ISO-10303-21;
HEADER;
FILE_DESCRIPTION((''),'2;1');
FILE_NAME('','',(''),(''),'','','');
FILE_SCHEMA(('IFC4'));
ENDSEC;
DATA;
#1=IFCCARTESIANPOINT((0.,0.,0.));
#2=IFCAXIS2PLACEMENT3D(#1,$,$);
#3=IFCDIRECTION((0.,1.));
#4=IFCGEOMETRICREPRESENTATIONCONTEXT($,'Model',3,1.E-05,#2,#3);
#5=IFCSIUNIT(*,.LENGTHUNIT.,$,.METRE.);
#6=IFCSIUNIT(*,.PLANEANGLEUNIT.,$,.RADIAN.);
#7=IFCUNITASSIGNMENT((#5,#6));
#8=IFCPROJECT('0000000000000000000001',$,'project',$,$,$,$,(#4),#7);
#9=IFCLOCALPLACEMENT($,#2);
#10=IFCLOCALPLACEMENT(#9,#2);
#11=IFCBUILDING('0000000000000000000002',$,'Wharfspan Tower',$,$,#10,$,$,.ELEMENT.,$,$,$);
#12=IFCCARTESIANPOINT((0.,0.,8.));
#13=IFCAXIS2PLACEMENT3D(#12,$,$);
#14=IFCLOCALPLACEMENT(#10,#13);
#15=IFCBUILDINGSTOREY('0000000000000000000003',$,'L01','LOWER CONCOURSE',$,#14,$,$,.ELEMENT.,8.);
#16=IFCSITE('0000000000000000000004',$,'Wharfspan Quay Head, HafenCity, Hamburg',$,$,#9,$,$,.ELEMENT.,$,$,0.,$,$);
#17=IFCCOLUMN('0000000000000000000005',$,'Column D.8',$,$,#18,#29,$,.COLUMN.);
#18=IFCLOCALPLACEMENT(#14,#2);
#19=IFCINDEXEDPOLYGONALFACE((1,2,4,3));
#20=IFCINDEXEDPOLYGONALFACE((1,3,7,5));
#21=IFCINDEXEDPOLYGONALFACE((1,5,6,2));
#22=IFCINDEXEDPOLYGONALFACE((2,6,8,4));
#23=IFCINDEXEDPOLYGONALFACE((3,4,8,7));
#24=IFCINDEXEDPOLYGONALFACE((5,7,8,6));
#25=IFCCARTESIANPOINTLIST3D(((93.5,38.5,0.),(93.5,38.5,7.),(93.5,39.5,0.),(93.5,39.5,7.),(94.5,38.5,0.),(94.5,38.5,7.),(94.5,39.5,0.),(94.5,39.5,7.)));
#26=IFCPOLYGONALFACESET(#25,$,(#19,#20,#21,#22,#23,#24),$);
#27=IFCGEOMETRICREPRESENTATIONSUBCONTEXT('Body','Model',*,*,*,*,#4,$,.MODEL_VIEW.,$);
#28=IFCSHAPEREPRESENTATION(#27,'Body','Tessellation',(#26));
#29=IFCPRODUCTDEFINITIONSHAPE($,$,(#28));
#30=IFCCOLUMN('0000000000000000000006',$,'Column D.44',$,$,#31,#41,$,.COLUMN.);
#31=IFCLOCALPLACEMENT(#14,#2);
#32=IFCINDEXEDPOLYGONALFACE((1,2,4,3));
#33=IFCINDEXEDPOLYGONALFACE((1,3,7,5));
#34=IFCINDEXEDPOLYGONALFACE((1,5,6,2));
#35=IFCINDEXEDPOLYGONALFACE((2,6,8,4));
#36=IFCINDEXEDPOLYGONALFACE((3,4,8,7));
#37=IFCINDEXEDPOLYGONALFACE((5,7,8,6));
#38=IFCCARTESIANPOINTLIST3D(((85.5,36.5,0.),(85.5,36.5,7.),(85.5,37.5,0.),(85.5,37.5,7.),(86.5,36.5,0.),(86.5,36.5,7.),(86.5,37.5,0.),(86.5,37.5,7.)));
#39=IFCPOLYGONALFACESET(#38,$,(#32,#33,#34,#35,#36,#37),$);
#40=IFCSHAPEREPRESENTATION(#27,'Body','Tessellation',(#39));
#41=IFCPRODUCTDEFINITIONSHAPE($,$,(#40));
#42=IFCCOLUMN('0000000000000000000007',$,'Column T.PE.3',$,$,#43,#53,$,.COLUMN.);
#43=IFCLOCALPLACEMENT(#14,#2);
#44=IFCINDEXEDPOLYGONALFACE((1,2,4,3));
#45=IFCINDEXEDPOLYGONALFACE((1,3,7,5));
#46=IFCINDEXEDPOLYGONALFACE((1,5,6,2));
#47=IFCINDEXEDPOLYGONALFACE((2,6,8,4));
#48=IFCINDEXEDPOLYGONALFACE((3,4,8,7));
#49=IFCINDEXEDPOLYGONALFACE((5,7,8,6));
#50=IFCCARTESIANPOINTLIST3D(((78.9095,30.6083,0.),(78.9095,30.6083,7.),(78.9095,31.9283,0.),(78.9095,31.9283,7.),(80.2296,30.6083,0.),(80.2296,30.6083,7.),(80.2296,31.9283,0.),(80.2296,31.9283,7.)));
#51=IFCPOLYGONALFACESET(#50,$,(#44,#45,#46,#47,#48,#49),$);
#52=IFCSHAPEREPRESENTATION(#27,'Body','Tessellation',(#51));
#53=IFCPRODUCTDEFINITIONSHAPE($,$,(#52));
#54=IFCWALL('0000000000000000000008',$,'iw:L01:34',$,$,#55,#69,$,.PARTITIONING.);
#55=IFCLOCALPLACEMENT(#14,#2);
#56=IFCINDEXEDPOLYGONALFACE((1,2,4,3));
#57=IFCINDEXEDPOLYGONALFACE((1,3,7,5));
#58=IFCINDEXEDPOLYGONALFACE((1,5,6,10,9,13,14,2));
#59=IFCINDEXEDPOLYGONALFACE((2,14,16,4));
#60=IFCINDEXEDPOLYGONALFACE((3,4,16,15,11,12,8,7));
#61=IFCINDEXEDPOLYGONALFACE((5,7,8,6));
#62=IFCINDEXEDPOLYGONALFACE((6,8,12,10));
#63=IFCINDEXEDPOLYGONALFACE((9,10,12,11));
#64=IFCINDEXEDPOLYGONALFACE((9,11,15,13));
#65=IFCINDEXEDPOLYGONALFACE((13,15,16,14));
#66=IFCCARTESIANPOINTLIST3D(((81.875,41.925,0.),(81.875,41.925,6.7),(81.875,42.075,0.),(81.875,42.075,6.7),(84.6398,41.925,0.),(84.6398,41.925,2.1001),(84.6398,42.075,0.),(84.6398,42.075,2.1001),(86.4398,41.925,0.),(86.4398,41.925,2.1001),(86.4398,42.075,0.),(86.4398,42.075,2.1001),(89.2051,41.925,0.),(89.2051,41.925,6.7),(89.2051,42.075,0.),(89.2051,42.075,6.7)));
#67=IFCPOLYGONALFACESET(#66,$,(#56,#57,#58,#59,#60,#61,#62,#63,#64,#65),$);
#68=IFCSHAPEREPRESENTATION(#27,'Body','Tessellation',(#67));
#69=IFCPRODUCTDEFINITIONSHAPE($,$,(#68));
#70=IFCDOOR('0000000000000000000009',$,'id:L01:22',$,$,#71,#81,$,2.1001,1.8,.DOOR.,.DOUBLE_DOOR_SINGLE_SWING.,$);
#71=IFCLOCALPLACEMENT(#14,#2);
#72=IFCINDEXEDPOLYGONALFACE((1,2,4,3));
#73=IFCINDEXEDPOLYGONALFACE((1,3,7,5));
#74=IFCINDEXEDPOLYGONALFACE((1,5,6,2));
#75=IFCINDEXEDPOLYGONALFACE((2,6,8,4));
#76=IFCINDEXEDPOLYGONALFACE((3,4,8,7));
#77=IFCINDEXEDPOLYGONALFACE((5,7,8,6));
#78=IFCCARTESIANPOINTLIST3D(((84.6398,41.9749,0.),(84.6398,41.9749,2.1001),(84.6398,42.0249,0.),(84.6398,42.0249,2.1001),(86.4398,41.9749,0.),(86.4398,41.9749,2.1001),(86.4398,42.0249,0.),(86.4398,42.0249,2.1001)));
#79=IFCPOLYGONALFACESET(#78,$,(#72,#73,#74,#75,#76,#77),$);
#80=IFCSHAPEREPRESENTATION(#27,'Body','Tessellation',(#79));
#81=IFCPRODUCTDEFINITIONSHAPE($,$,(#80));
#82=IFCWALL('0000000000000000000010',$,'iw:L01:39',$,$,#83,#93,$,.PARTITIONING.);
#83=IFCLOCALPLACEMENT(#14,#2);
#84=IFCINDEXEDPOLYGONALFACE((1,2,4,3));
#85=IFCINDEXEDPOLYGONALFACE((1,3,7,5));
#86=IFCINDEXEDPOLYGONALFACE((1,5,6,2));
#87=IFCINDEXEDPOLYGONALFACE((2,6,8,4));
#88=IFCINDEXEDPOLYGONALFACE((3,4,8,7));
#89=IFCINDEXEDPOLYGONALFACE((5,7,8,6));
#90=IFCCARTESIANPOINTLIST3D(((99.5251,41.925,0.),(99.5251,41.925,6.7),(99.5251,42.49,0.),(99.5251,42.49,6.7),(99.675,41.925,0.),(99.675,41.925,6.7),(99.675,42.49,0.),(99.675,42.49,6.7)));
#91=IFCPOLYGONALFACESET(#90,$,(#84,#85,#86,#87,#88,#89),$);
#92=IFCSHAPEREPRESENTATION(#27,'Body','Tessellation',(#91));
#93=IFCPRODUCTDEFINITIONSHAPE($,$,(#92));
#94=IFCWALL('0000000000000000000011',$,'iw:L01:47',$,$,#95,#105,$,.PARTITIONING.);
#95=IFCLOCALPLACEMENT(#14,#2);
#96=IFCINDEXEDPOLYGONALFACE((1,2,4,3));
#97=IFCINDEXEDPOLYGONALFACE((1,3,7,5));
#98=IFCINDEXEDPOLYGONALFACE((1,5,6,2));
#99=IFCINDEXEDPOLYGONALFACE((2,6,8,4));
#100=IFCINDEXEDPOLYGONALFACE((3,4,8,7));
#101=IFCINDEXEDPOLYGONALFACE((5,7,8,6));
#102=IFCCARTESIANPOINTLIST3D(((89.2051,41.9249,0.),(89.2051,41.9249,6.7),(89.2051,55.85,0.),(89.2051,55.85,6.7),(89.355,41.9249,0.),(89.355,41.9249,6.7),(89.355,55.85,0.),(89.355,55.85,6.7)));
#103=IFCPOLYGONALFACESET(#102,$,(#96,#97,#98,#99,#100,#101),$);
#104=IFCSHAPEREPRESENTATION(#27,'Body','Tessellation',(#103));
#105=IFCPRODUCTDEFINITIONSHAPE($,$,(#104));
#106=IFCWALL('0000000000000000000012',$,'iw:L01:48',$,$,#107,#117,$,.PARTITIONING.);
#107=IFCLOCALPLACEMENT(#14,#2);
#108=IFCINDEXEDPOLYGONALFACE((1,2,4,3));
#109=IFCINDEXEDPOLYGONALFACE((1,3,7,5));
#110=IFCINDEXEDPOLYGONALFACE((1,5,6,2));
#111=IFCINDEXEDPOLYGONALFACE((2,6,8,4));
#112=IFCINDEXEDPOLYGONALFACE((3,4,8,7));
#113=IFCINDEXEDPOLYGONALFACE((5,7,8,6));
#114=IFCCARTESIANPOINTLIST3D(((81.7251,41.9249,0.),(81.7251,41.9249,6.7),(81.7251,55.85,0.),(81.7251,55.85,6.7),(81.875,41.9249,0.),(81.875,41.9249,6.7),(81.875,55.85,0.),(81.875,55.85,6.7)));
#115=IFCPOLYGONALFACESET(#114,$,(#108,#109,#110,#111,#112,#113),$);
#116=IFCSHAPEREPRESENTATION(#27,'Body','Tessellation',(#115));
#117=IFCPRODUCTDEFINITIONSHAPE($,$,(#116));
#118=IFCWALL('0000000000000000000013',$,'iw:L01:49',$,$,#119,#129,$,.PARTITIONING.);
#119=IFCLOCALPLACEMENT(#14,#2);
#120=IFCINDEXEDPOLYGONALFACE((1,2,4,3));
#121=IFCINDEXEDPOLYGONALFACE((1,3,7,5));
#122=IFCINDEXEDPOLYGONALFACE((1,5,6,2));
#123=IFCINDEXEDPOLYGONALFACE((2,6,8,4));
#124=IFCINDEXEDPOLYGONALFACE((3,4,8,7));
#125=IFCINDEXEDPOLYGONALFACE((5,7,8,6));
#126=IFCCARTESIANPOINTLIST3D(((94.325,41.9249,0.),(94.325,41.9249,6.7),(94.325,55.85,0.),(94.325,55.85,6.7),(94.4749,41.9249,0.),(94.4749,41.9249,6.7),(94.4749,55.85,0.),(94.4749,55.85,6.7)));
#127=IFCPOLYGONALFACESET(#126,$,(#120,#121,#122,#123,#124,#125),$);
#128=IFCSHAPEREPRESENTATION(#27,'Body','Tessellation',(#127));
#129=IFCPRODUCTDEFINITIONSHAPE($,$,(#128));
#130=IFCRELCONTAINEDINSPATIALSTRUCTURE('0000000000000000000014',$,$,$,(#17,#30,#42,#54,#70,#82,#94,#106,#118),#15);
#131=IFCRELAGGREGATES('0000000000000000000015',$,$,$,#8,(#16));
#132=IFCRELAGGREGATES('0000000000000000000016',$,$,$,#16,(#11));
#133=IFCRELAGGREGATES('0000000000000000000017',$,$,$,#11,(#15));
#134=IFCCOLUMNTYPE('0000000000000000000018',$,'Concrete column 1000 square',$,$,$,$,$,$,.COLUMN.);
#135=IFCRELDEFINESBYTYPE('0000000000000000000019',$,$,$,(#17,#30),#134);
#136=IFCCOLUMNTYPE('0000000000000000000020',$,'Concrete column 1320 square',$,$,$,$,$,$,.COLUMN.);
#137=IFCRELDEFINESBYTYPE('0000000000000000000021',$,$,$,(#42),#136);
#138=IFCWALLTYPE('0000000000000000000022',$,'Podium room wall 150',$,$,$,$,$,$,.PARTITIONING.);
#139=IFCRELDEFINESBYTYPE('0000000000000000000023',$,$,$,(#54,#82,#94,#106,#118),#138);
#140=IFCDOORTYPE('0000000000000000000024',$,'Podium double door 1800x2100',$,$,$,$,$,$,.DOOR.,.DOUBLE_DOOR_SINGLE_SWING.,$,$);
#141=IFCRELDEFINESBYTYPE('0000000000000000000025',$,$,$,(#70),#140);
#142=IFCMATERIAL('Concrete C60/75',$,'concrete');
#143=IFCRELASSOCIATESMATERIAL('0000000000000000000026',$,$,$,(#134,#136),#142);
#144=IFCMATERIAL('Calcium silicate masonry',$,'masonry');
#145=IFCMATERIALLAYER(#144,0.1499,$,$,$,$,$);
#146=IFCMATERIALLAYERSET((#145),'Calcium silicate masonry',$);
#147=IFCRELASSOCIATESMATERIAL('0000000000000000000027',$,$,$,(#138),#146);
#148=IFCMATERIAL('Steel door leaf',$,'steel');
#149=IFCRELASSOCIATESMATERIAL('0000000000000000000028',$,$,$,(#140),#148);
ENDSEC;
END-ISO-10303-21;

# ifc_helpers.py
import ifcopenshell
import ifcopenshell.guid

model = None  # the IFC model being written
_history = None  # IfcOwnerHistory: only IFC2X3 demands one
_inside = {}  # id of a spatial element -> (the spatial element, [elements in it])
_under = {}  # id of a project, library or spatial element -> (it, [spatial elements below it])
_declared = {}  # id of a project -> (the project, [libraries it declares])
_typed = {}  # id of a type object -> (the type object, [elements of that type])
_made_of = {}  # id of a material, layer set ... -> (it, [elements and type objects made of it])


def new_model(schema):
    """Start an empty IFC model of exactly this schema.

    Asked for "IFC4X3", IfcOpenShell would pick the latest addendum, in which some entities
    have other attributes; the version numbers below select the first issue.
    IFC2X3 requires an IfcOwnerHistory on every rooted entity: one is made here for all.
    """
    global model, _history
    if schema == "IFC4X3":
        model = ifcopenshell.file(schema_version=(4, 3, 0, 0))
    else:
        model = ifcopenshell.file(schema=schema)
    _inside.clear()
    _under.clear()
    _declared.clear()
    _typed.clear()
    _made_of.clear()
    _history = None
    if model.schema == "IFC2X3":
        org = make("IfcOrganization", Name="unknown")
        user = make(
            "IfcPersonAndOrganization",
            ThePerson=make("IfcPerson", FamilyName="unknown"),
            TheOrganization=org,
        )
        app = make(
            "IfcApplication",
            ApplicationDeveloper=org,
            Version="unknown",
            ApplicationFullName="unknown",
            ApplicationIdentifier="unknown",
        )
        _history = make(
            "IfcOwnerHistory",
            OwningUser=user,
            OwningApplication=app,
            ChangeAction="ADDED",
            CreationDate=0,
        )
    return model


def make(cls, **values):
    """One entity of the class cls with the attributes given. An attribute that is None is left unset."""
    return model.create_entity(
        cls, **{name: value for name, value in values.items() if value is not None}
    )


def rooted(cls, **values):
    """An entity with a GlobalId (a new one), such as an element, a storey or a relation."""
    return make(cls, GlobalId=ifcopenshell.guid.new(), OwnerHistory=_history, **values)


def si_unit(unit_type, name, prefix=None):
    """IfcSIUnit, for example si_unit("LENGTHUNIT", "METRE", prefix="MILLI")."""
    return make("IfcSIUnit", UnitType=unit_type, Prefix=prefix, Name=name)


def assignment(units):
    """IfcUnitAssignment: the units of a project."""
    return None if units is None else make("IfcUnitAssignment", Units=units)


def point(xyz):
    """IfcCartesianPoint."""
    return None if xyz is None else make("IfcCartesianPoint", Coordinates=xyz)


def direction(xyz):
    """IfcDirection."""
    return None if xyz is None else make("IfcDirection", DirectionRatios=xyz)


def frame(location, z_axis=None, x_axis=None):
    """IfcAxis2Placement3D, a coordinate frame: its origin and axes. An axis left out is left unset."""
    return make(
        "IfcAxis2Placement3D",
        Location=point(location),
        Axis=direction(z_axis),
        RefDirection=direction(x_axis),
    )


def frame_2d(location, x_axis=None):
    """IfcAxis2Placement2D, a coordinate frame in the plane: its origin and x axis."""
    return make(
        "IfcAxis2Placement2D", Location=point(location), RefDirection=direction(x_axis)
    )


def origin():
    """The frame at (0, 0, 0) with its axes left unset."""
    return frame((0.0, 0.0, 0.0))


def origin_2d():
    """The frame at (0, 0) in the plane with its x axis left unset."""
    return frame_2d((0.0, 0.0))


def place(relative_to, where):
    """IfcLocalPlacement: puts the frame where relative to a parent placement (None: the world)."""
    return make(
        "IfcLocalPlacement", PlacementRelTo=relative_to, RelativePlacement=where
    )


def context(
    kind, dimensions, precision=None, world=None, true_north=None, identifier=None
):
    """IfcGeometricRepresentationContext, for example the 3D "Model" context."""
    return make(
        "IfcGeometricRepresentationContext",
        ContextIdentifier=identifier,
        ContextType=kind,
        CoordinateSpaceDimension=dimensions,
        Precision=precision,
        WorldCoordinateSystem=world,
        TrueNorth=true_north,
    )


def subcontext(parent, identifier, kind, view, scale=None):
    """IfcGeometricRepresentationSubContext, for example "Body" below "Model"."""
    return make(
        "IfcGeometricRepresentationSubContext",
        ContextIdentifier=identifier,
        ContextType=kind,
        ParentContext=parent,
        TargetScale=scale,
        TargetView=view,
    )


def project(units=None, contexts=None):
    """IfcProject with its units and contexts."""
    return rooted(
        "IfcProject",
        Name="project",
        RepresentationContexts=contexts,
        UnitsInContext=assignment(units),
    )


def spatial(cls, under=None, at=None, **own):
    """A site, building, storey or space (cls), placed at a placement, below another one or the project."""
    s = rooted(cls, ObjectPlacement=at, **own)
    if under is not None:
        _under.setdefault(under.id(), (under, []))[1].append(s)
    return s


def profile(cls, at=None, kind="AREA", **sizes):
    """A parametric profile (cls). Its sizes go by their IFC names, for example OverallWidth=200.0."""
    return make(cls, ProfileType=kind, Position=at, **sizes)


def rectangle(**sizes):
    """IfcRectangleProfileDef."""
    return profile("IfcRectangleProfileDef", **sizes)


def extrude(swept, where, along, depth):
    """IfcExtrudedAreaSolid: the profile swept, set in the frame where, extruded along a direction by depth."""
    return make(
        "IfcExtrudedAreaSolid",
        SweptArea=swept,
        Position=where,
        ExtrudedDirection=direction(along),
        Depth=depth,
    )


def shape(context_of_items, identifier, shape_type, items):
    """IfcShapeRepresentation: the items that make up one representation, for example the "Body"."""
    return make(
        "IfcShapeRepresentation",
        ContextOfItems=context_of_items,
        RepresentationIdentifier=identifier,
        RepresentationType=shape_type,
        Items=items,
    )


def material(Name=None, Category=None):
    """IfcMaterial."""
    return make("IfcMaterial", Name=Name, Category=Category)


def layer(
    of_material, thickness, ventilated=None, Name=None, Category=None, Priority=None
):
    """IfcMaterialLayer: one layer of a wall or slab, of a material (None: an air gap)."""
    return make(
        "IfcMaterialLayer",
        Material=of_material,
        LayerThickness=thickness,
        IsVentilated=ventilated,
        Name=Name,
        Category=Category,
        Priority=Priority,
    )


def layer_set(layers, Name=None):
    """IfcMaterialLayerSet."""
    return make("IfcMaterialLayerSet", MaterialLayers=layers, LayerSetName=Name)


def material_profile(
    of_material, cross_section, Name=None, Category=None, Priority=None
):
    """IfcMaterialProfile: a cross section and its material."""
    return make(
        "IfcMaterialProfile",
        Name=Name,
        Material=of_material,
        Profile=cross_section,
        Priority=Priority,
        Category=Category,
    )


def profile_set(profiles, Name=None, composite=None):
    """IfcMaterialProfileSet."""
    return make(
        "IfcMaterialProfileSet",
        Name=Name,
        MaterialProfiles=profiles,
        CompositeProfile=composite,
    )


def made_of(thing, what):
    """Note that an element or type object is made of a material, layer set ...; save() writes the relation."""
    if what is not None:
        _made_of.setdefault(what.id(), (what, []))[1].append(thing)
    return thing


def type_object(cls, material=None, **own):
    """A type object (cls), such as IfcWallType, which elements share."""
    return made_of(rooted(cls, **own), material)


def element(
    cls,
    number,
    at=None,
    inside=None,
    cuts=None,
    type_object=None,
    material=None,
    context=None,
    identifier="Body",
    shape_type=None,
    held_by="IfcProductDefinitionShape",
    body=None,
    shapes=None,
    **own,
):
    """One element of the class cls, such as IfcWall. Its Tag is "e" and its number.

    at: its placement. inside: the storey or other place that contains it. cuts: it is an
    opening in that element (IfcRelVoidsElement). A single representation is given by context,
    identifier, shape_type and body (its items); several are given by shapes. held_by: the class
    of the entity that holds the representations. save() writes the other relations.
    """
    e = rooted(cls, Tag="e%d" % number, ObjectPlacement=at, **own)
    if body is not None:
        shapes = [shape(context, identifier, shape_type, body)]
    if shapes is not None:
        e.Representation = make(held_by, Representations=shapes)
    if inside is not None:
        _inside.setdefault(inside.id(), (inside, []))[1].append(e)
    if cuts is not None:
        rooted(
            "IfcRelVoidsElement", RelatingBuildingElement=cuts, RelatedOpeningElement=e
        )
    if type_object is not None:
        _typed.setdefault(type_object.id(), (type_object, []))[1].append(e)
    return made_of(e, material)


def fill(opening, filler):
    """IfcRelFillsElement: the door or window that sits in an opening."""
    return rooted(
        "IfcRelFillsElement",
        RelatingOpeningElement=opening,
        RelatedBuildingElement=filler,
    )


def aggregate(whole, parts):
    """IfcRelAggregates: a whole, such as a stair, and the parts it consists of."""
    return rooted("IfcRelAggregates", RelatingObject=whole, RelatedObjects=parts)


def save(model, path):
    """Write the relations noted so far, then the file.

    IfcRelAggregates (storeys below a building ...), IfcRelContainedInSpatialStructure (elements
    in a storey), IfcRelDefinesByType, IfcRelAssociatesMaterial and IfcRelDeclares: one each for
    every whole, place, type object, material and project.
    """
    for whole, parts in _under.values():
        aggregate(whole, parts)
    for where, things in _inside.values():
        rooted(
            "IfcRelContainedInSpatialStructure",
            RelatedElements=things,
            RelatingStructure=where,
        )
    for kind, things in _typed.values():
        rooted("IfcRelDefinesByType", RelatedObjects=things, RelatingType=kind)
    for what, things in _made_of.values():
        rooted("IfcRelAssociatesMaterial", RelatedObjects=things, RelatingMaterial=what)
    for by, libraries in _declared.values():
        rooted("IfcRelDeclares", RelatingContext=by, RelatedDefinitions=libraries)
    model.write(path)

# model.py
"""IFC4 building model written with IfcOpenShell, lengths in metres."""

from ifc_helpers import new_model, si_unit, direction, frame, frame_2d, origin, origin_2d, place, context, subcontext, project, spatial, rectangle, extrude, material, layer, layer_set, material_profile, profile_set, type_object, element, fill, save


model = new_model("IFC4")

# Units and contexts
model_context = context("Model", 3, precision=1e-05, world=origin(), true_north=direction((0.0, 1.0)))
body_context = subcontext(model_context, "Body", "Model", "MODEL_VIEW")
ifc_project = project(units=[si_unit("LENGTHUNIT", "METRE"), si_unit("PLANEANGLEUNIT", "RADIAN")], contexts=[model_context])

# Site, building, storey
site_placement = place(None, origin())
site = spatial("IfcSite", under=ifc_project, at=site_placement, Name="Wharfspan Quay Head, HafenCity, Hamburg", CompositionType="ELEMENT", RefElevation=0.0)
building_placement = place(site_placement, origin())
building = spatial("IfcBuilding", under=site, at=building_placement, Name="Wharfspan Tower", CompositionType="ELEMENT")
storey_placement = place(building_placement, frame((0.0, 0.0, 8.0)))
storey = spatial("IfcBuildingStorey", under=building, at=storey_placement, Name="L01", Description="LOWER CONCOURSE", CompositionType="ELEMENT", Elevation=8.0)

# Columns
ifc_material_1 = material(Name="Concrete C60/75", Category="concrete")
ifc_material_profile_1 = material_profile(ifc_material_1, rectangle(XDim=1.0, YDim=1.0, at=origin_2d()))
ifc_profile_set_1 = profile_set([ifc_material_profile_1], Name="Concrete C60/75")
column_type_1 = type_object("IfcColumnType", Name="Concrete column 1000 square", PredefinedType="COLUMN", material=ifc_profile_set_1)
for number, where, z_axis, x_axis, name in (
    (1, (94.0, 39.0, 0.0), (0.0, 0.0, 1.0), (1.0, 0.0, 0.0), "Column D.8"),
    (2, (86.0, 37.0, 0.0), (0.0, 0.0, 1.0), (1.0, 0.0, 0.0), "Column D.44"),
):
    element("IfcColumn", number, at=place(storey_placement, frame(where, z_axis=z_axis, x_axis=x_axis)), inside=storey, type_object=column_type_1, Name=name, PredefinedType="COLUMN", context=body_context, shape_type="SweptSolid", body=[
        extrude(rectangle(XDim=1.0, YDim=1.0, at=origin_2d()), origin(), (0.0, 0.0, 1.0), 7.0),
    ])
ifc_material_profile_2 = material_profile(ifc_material_1, rectangle(XDim=1.3201, YDim=1.3201, at=origin_2d()))
ifc_profile_set_2 = profile_set([ifc_material_profile_2], Name="Concrete C60/75")
column_type_2 = type_object("IfcColumnType", Name="Concrete column 1320 square", PredefinedType="COLUMN", material=ifc_profile_set_2)
column_placement = place(storey_placement, frame((79.5696, 31.2683, 0.0), z_axis=(0.0, 0.0, 1.0), x_axis=(1.0, 0.0, 0.0)))
element("IfcColumn", 3, at=column_placement, inside=storey, type_object=column_type_2, Name="Column T.PE.3", PredefinedType="COLUMN", context=body_context, shape_type="SweptSolid", body=[
    extrude(rectangle(XDim=1.3201, YDim=1.3201, at=origin_2d()), origin(), (0.0, 0.0, 1.0), 7.0),
])

# Wall, opening, door
ifc_material_2 = material(Name="Calcium silicate masonry", Category="masonry")
ifc_layer = layer(ifc_material_2, 0.1499)
ifc_layer_set = layer_set([ifc_layer], Name="Calcium silicate masonry")
wall_type = type_object("IfcWallType", Name="Podium room wall 150", PredefinedType="PARTITIONING", material=ifc_layer_set)
wall_1_placement = place(storey_placement, frame((81.875, 42.0, 0.0), z_axis=(0.0, 0.0, 1.0), x_axis=(1.0, 0.0, 0.0)))
wall_1 = element("IfcWall", 4, at=wall_1_placement, inside=storey, type_object=wall_type, Name="iw:L01:34", PredefinedType="PARTITIONING", context=body_context, shape_type="SweptSolid", body=[
    extrude(rectangle(XDim=7.3301, YDim=0.1499, at=frame_2d((3.665, 0.0))), origin(), (0.0, 0.0, 1.0), 6.7),
])
opening_placement = place(wall_1_placement, frame((2.7649, 0.0, 0.0)))
opening = element("IfcOpeningElement", 5, at=opening_placement, cuts=wall_1, PredefinedType="OPENING", context=body_context, shape_type="SweptSolid", body=[
    extrude(rectangle(XDim=1.8, YDim=2.1001, at=frame_2d((0.8999, 1.05))), frame((0.0, 0.085, 0.0), z_axis=(0.0, -1.0, 0.0), x_axis=(1.0, 0.0, 0.0)), (0.0, 0.0, 1.0), 0.1699),
])
ifc_material_3 = material(Name="Steel door leaf", Category="steel")
door_type = type_object("IfcDoorType", Name="Podium double door 1800x2100", OperationType="DOUBLE_DOOR_SINGLE_SWING", PredefinedType="DOOR", material=ifc_material_3)
door_placement = place(opening_placement, origin())
door = element("IfcDoor", 6, at=door_placement, inside=storey, type_object=door_type, Name="id:L01:22", OperationType="DOUBLE_DOOR_SINGLE_SWING", OverallHeight=2.1001, OverallWidth=1.8, PredefinedType="DOOR", context=body_context, shape_type="SweptSolid", body=[
    extrude(rectangle(XDim=1.8, YDim=2.1001, at=frame_2d((0.8999, 1.05))), frame((0.0, 0.0249, 0.0), z_axis=(0.0, -1.0, 0.0), x_axis=(1.0, 0.0, 0.0)), (0.0, 0.0, 1.0), 0.05),
])
fill(opening, door)

# Walls
wall_2_placement = place(storey_placement, frame((99.6001, 41.925, 0.0), z_axis=(0.0, 0.0, 1.0), x_axis=(0.0, 1.0, 0.0)))
element("IfcWall", 7, at=wall_2_placement, inside=storey, type_object=wall_type, Name="iw:L01:39", PredefinedType="PARTITIONING", context=body_context, shape_type="SweptSolid", body=[
    extrude(rectangle(XDim=0.5649, YDim=0.1499, at=frame_2d((0.2825, 0.0))), origin(), (0.0, 0.0, 1.0), 6.7),
])
for number, where, z_axis, x_axis, name in (
    (8, (89.28, 41.925, 0.0), (0.0, 0.0, 1.0), (0.0, 1.0, 0.0), "iw:L01:47"),
    (9, (81.8, 41.925, 0.0), (0.0, 0.0, 1.0), (0.0, 1.0, 0.0), "iw:L01:48"),
    (10, (94.3999, 41.925, 0.0), (0.0, 0.0, 1.0), (0.0, 1.0, 0.0), "iw:L01:49"),
):
    element("IfcWall", number, at=place(storey_placement, frame(where, z_axis=z_axis, x_axis=x_axis)), inside=storey, type_object=wall_type, Name=name, PredefinedType="PARTITIONING", context=body_context, shape_type="SweptSolid", body=[
        extrude(rectangle(XDim=13.925, YDim=0.1499, at=frame_2d((6.9624, 0.0))), origin(), (0.0, 0.0, 1.0), 6.7),
    ])

save(model, "model.ifc")
